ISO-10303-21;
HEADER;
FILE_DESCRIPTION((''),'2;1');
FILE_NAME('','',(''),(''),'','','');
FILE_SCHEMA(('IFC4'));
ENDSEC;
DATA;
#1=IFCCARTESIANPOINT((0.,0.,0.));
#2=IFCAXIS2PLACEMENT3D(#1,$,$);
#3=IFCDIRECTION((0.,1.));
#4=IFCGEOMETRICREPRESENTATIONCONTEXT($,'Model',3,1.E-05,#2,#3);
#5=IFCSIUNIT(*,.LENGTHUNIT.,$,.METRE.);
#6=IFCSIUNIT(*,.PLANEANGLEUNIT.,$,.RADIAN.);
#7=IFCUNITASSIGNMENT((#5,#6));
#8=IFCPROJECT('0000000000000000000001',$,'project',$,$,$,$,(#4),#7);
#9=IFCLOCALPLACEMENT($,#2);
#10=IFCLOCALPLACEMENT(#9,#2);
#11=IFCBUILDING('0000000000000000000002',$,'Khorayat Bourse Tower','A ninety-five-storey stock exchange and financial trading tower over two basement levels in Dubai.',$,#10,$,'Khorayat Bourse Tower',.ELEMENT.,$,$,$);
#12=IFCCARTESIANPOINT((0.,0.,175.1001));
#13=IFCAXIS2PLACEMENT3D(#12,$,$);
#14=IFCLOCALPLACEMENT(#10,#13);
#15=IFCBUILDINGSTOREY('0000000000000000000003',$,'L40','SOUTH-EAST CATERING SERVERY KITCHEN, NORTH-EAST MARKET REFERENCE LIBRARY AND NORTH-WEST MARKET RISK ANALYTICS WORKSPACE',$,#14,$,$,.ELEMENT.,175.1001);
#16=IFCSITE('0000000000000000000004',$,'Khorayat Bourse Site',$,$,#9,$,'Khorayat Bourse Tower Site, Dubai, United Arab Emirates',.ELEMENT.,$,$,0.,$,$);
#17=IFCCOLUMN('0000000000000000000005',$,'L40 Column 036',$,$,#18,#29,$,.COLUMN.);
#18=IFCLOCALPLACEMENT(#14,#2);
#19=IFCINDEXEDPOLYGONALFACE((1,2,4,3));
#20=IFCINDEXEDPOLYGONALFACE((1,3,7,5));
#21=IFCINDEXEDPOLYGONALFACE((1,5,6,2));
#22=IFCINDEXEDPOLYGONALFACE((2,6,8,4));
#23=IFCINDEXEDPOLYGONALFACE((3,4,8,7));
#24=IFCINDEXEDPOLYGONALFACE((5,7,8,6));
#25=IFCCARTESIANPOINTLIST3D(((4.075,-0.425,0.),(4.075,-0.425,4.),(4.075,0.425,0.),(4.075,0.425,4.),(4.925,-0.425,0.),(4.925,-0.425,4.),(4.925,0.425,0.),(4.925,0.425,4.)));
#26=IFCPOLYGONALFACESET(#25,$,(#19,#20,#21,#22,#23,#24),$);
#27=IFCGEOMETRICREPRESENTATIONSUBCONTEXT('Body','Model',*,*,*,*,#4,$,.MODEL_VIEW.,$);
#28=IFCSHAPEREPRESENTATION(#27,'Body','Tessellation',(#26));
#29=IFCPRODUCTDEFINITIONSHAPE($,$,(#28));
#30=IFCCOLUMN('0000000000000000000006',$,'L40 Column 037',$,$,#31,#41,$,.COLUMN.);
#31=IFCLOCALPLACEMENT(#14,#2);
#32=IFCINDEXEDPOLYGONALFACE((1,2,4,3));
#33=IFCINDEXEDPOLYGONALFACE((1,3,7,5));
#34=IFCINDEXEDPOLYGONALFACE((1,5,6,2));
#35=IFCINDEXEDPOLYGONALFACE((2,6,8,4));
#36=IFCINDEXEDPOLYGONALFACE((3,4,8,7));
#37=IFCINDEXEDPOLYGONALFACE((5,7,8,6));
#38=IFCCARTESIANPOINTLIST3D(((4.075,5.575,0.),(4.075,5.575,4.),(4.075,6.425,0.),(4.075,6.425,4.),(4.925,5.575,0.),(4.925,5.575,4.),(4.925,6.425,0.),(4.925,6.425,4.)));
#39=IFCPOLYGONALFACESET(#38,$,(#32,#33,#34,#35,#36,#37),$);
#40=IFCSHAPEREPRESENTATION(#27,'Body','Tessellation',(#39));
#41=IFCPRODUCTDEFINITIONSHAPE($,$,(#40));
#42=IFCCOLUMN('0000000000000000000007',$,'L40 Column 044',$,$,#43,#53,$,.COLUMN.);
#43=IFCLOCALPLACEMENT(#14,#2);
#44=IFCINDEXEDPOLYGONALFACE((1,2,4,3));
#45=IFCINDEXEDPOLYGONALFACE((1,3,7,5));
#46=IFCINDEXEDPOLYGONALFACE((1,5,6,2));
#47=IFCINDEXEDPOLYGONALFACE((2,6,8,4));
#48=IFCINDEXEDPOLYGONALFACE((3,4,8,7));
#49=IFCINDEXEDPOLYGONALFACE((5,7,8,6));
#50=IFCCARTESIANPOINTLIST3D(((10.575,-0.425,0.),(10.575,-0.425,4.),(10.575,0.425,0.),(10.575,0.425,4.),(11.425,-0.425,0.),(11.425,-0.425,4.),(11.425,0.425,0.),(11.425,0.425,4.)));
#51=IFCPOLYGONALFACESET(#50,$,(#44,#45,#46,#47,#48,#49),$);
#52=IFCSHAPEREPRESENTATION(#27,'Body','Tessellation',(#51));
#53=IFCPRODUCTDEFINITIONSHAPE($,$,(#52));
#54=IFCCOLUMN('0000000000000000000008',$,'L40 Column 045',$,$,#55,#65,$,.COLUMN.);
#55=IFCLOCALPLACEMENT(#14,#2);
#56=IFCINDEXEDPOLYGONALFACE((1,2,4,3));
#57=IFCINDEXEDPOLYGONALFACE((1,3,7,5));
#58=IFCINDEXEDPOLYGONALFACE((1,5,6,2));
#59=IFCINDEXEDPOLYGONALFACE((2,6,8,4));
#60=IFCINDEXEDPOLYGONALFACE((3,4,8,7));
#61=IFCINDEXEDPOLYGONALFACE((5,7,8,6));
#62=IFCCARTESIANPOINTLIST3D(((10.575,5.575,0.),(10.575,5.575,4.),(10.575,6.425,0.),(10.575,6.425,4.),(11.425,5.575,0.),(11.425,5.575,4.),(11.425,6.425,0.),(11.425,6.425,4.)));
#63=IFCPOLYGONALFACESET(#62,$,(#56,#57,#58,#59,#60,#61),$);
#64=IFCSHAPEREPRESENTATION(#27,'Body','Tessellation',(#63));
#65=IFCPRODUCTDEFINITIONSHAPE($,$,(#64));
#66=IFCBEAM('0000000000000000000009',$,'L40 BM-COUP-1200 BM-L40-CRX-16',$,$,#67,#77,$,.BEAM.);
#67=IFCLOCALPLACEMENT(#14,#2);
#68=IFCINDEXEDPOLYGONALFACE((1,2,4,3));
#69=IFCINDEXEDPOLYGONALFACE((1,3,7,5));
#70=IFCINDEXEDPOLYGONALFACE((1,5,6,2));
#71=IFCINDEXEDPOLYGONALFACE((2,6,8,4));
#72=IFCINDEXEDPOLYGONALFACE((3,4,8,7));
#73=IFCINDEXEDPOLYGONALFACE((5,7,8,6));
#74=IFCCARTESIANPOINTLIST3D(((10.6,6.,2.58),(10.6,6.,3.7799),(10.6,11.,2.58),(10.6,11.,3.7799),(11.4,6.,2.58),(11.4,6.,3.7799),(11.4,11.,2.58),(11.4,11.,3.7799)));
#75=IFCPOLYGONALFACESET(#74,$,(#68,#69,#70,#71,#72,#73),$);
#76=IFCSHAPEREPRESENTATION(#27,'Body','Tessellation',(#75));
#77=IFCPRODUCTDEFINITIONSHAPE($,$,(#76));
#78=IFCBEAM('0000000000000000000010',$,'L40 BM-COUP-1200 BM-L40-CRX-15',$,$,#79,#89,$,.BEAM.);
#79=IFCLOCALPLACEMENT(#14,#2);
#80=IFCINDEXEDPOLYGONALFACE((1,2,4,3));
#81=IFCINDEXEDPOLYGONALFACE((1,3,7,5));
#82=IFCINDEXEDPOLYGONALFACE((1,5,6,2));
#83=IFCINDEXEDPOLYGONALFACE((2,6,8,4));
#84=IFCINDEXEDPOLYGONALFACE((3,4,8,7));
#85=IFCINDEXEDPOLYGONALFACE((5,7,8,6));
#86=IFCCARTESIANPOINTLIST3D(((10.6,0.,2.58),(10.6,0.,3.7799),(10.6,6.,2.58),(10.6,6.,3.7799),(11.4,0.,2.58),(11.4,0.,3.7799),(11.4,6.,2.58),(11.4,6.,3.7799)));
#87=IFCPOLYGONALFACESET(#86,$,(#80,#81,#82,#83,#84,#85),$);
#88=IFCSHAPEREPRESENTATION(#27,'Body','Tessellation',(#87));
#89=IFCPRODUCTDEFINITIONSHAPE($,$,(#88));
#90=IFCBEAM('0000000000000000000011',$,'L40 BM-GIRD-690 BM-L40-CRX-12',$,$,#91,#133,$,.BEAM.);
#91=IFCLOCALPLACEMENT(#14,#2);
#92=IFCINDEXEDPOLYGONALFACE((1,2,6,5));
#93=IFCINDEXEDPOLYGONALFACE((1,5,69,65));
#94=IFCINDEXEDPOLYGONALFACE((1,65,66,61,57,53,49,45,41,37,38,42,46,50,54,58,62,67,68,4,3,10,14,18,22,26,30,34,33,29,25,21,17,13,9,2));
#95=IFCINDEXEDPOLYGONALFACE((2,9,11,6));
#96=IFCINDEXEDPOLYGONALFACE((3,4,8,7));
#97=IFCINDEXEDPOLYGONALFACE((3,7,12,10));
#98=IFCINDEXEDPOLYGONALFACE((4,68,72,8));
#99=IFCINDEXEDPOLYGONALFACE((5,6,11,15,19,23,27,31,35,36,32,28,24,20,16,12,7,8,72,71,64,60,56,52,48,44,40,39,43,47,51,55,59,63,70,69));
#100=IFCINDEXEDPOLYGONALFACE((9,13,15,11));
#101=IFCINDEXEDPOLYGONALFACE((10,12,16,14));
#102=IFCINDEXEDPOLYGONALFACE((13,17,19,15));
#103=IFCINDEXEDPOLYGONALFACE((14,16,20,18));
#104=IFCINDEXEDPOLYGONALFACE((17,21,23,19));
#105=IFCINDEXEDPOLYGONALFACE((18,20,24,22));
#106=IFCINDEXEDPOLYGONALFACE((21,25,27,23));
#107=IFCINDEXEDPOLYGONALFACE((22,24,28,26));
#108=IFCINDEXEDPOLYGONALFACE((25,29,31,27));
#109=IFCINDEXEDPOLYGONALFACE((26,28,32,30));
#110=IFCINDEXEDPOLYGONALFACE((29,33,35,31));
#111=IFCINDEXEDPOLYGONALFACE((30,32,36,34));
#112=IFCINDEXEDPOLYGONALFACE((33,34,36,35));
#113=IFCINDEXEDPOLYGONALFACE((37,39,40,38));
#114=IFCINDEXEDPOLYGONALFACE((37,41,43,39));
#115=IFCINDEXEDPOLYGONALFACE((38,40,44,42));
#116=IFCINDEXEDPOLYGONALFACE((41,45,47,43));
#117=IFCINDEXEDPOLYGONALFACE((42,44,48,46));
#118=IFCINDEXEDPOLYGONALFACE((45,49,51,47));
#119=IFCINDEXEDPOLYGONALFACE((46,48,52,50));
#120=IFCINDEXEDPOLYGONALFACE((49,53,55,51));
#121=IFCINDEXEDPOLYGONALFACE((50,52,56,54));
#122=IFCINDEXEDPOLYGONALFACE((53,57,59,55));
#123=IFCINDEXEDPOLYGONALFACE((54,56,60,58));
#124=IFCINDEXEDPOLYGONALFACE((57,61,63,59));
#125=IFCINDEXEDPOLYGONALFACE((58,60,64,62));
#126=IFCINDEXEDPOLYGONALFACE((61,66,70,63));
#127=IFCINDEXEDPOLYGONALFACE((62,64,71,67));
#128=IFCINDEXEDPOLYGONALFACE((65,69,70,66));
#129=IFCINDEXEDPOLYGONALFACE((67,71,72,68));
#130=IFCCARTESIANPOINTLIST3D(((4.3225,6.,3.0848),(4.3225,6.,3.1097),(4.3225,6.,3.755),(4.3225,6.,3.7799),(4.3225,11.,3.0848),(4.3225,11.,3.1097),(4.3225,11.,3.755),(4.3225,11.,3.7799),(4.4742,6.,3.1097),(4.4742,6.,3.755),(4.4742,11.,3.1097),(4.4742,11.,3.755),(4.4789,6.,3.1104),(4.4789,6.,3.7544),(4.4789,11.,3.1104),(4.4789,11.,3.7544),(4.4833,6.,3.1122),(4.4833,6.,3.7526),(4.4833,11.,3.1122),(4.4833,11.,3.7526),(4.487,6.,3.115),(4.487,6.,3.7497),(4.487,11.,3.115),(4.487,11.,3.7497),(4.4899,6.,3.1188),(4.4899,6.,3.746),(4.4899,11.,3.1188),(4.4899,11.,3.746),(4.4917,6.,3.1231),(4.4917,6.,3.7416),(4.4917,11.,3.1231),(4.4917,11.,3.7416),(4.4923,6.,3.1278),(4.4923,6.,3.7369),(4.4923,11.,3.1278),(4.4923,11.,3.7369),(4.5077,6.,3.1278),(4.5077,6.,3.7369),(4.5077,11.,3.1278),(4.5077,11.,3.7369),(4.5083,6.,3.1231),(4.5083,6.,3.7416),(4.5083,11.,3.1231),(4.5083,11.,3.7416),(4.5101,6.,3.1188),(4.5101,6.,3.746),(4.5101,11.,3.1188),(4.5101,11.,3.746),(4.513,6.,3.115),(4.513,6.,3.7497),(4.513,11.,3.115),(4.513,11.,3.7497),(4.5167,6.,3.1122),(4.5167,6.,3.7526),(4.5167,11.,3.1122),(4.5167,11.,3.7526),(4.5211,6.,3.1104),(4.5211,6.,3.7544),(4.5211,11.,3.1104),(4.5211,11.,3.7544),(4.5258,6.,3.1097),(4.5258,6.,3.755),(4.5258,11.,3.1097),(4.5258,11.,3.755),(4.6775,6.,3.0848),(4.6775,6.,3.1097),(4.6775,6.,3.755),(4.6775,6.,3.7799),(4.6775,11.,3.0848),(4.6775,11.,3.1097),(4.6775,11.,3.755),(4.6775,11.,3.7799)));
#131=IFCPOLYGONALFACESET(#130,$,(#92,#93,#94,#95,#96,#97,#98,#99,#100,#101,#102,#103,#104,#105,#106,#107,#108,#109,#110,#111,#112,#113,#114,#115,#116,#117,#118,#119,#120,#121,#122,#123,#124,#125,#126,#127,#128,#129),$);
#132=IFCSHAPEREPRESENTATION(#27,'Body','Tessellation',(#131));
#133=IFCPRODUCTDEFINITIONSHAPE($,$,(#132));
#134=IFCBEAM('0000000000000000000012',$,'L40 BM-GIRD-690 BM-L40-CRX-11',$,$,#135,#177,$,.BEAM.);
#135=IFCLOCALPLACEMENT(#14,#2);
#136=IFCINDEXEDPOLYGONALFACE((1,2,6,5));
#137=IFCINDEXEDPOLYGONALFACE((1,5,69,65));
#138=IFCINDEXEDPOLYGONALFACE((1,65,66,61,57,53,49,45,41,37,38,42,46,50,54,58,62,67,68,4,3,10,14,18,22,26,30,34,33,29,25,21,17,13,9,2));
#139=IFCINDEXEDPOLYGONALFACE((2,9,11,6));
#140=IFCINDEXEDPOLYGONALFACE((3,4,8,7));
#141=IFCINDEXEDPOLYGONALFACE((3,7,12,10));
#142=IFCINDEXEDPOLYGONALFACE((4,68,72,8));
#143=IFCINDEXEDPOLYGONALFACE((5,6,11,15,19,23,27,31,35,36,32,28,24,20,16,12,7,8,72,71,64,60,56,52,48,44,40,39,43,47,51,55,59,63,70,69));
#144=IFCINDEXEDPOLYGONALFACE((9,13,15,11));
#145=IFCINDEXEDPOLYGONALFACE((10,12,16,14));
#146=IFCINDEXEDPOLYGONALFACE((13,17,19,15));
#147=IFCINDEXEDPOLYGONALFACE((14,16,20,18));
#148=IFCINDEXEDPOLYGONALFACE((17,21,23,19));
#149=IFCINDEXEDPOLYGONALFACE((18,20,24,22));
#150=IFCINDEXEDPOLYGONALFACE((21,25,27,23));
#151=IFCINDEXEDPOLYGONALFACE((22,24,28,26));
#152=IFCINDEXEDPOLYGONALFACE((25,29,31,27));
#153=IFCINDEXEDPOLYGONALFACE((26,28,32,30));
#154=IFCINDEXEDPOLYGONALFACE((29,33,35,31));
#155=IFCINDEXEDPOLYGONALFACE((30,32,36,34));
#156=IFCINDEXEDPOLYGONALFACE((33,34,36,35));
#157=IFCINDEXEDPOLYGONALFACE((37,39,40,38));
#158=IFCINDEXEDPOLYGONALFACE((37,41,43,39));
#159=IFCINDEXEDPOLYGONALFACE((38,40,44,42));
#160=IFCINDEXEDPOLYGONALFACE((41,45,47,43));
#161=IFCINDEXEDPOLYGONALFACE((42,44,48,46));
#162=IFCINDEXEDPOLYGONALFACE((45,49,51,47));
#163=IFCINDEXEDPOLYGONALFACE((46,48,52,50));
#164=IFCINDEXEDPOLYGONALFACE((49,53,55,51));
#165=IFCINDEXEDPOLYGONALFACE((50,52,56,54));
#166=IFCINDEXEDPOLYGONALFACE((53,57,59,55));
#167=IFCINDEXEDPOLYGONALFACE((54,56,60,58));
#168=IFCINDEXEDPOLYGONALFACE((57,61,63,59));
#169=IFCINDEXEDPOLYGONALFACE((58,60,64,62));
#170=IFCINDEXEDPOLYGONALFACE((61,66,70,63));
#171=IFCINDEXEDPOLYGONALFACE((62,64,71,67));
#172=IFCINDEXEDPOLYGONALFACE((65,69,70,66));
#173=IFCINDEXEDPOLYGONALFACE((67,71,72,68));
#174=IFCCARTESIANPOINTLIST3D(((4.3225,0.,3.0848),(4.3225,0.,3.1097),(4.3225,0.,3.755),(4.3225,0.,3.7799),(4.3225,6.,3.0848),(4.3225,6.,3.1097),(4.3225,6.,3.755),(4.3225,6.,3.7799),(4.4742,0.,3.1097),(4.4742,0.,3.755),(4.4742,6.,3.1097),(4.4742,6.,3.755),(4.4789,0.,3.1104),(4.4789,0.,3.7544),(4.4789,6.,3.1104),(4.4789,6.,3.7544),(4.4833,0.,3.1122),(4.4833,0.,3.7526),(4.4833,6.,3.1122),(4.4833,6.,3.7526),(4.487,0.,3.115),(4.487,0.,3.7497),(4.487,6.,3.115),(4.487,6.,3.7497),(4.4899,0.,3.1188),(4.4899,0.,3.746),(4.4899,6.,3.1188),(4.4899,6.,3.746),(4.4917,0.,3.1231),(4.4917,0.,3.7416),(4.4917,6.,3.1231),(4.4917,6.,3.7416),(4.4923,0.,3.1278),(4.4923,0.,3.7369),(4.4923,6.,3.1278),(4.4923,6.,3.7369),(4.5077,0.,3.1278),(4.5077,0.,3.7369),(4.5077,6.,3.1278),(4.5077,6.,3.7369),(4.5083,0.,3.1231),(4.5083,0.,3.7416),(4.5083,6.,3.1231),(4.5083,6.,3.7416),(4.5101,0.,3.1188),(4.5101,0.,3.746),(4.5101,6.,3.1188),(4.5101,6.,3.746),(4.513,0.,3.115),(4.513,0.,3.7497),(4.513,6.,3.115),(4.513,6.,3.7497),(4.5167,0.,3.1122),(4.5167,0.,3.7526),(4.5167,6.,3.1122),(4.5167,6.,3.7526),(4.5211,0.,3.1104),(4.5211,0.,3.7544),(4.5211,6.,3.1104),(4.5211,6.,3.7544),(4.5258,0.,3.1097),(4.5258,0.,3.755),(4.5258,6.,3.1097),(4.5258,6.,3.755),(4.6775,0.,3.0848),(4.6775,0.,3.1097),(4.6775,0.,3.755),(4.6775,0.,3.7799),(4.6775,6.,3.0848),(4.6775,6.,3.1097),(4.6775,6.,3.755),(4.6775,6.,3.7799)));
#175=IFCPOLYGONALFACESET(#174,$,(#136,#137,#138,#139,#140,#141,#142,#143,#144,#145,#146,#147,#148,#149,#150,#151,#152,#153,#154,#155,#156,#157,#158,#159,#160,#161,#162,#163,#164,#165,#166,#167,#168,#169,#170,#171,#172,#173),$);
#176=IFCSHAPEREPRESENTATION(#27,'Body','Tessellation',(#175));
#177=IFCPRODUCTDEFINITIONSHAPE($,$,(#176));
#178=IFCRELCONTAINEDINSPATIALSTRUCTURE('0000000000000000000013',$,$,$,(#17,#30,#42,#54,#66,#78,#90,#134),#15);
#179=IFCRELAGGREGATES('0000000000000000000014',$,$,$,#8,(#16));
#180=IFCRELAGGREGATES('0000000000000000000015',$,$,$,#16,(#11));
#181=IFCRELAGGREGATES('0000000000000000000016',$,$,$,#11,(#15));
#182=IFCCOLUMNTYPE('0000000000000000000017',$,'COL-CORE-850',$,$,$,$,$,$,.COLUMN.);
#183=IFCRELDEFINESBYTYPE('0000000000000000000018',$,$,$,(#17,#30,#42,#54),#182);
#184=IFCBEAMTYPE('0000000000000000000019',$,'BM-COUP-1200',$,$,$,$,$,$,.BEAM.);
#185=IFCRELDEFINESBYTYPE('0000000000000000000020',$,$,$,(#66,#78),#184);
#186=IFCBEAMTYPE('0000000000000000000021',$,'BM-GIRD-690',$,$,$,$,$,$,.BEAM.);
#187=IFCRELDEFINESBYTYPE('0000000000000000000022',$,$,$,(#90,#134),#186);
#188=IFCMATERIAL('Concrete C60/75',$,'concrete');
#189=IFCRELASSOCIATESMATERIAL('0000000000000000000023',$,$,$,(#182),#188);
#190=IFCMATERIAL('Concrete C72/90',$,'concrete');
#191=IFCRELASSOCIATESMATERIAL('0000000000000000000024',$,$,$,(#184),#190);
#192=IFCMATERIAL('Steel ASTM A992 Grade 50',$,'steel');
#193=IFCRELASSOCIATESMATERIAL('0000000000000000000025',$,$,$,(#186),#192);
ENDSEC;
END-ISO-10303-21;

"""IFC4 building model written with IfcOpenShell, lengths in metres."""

from ifc_helpers import new_model, si_unit, direction, frame, origin, origin_2d, place, context, subcontext, project, spatial, rectangle, i_section, extrude, source, transform, mapped, material, material_profile, profile_set, type_object, element, save


model = new_model("IFC4")

# Units and contexts
model_context = context("Model", 3, precision=1e-05, world=origin(), true_north=direction((0.0, 1.0)))
body_context = subcontext(model_context, "Body", "Model", "MODEL_VIEW")
ifc_project = project(units=[si_unit("LENGTHUNIT", "METRE"), si_unit("PLANEANGLEUNIT", "RADIAN")], contexts=[model_context])

# Site, building, storey
site_placement = place(None, origin())
site = spatial("IfcSite", under=ifc_project, at=site_placement, Name="Khorayat Bourse Site", LongName="Khorayat Bourse Tower Site, Dubai, United Arab Emirates", CompositionType="ELEMENT", RefElevation=0.0)
building_placement = place(site_placement, origin())
building = spatial("IfcBuilding", under=site, at=building_placement, Name="Khorayat Bourse Tower", Description="A ninety-five-storey stock exchange and financial trading tower over two basement levels in Dubai.", LongName="Khorayat Bourse Tower", CompositionType="ELEMENT")
storey_placement = place(building_placement, frame((0.0, 0.0, 175.1001)))
storey = spatial("IfcBuildingStorey", under=building, at=storey_placement, Name="L40", Description="SOUTH-EAST CATERING SERVERY KITCHEN, NORTH-EAST MARKET REFERENCE LIBRARY AND NORTH-WEST MARKET RISK ANALYTICS WORKSPACE", CompositionType="ELEMENT", Elevation=175.1001)

# Columns
ifc_material_1 = material(Name="Concrete C60/75", Category="concrete")
ifc_material_profile_1 = material_profile(ifc_material_1, rectangle(XDim=0.8501, YDim=0.8501, at=origin_2d()), Name="RC 850x850")
ifc_profile_set_1 = profile_set([ifc_material_profile_1], Name="Concrete C60/75")
column_type = type_object("IfcColumnType", Name="COL-CORE-850", PredefinedType="COLUMN", material=ifc_profile_set_1)
shared_shape_1 = source(origin(), body_context, "Body", "SweptSolid", [
    extrude(rectangle(XDim=0.8501, YDim=0.8501, at=origin_2d()), origin(), (0.0, 0.0, 1.0), 4.0),
])
for number, where, z_axis, x_axis, name in (
    (1, (4.5, 0.0, 0.0), (0.0, 0.0, 1.0), (1.0, 0.0, 0.0), "L40 Column 036"),
    (2, (4.5, 6.0, 0.0), (0.0, 0.0, 1.0), (1.0, 0.0, 0.0), "L40 Column 037"),
    (3, (11.0, 0.0, 0.0), (0.0, 0.0, 1.0), (1.0, 0.0, 0.0), "L40 Column 044"),
    (4, (11.0, 6.0, 0.0), (0.0, 0.0, 1.0), (1.0, 0.0, 0.0), "L40 Column 045"),
):
    element("IfcColumn", number, at=place(storey_placement, frame(where, z_axis=z_axis, x_axis=x_axis)), inside=storey, type_object=column_type, Name=name, PredefinedType="COLUMN", context=body_context, shape_type="MappedRepresentation", body=[
        mapped(shared_shape_1, transform((0.0, 0.0, 0.0), scale=1.0)),
    ])

# Beams
ifc_material_2 = material(Name="Concrete C72/90", Category="concrete")
ifc_material_profile_2 = material_profile(ifc_material_2, rectangle(XDim=0.8, YDim=1.2, at=origin_2d()), Name="RC 800x1200")
ifc_profile_set_2 = profile_set([ifc_material_profile_2], Name="Concrete C72/90")
beam_type_1 = type_object("IfcBeamType", Name="BM-COUP-1200", PredefinedType="BEAM", material=ifc_profile_set_2)
shared_shape_2 = source(origin(), body_context, "Body", "SweptSolid", [
    extrude(rectangle(XDim=0.8, YDim=1.2, at=origin_2d()), origin(), (0.0, 0.0, 1.0), 5.0),
])
beam_1_placement = place(storey_placement, frame((11.0, 6.0, 3.1799), z_axis=(0.0, 1.0, 0.0), x_axis=(-1.0, 0.0, 0.0)))
element("IfcBeam", 5, at=beam_1_placement, inside=storey, type_object=beam_type_1, Name="L40 BM-COUP-1200 BM-L40-CRX-16", PredefinedType="BEAM", context=body_context, shape_type="MappedRepresentation", body=[
    mapped(shared_shape_2, transform((0.0, 0.0, 0.0), scale=1.0)),
])
shared_shape_3 = source(origin(), body_context, "Body", "SweptSolid", [
    extrude(rectangle(XDim=0.8, YDim=1.2, at=origin_2d()), origin(), (0.0, 0.0, 1.0), 6.0),
])
beam_2_placement = place(storey_placement, frame((11.0, 0.0, 3.1799), z_axis=(0.0, 1.0, 0.0), x_axis=(-1.0, 0.0, 0.0)))
element("IfcBeam", 6, at=beam_2_placement, inside=storey, type_object=beam_type_1, Name="L40 BM-COUP-1200 BM-L40-CRX-15", PredefinedType="BEAM", context=body_context, shape_type="MappedRepresentation", body=[
    mapped(shared_shape_3, transform((0.0, 0.0, 0.0), scale=1.0)),
])
ifc_material_3 = material(Name="Steel ASTM A992 Grade 50", Category="steel")
ifc_material_profile_3 = material_profile(ifc_material_3, i_section(OverallWidth=0.355, OverallDepth=0.6951, WebThickness=0.0154, FlangeThickness=0.0249, FilletRadius=0.0181, at=origin_2d()), Name="W690X217")
ifc_profile_set_3 = profile_set([ifc_material_profile_3], Name="Steel ASTM A992 Grade 50")
beam_type_2 = type_object("IfcBeamType", Name="BM-GIRD-690", PredefinedType="BEAM", material=ifc_profile_set_3)
shared_shape_4 = source(origin(), body_context, "Body", "SweptSolid", [
    extrude(i_section(OverallWidth=0.355, OverallDepth=0.6951, WebThickness=0.0154, FlangeThickness=0.0249, FilletRadius=0.0181, at=origin_2d()), origin(), (0.0, 0.0, 1.0), 5.0),
])
beam_3_placement = place(storey_placement, frame((4.5, 6.0, 3.4324), z_axis=(0.0, 1.0, 0.0), x_axis=(-1.0, 0.0, 0.0)))
element("IfcBeam", 7, at=beam_3_placement, inside=storey, type_object=beam_type_2, Name="L40 BM-GIRD-690 BM-L40-CRX-12", PredefinedType="BEAM", context=body_context, shape_type="MappedRepresentation", body=[
    mapped(shared_shape_4, transform((0.0, 0.0, 0.0), scale=1.0)),
])
shared_shape_5 = source(origin(), body_context, "Body", "SweptSolid", [
    extrude(i_section(OverallWidth=0.355, OverallDepth=0.6951, WebThickness=0.0154, FlangeThickness=0.0249, FilletRadius=0.0181, at=origin_2d()), origin(), (0.0, 0.0, 1.0), 6.0),
])
beam_4_placement = place(storey_placement, frame((4.5, 0.0, 3.4324), z_axis=(0.0, 1.0, 0.0), x_axis=(-1.0, 0.0, 0.0)))
element("IfcBeam", 8, at=beam_4_placement, inside=storey, type_object=beam_type_2, Name="L40 BM-GIRD-690 BM-L40-CRX-11", PredefinedType="BEAM", context=body_context, shape_type="MappedRepresentation", body=[
    mapped(shared_shape_5, transform((0.0, 0.0, 0.0), scale=1.0)),
])

save(model, "model.ifc")
